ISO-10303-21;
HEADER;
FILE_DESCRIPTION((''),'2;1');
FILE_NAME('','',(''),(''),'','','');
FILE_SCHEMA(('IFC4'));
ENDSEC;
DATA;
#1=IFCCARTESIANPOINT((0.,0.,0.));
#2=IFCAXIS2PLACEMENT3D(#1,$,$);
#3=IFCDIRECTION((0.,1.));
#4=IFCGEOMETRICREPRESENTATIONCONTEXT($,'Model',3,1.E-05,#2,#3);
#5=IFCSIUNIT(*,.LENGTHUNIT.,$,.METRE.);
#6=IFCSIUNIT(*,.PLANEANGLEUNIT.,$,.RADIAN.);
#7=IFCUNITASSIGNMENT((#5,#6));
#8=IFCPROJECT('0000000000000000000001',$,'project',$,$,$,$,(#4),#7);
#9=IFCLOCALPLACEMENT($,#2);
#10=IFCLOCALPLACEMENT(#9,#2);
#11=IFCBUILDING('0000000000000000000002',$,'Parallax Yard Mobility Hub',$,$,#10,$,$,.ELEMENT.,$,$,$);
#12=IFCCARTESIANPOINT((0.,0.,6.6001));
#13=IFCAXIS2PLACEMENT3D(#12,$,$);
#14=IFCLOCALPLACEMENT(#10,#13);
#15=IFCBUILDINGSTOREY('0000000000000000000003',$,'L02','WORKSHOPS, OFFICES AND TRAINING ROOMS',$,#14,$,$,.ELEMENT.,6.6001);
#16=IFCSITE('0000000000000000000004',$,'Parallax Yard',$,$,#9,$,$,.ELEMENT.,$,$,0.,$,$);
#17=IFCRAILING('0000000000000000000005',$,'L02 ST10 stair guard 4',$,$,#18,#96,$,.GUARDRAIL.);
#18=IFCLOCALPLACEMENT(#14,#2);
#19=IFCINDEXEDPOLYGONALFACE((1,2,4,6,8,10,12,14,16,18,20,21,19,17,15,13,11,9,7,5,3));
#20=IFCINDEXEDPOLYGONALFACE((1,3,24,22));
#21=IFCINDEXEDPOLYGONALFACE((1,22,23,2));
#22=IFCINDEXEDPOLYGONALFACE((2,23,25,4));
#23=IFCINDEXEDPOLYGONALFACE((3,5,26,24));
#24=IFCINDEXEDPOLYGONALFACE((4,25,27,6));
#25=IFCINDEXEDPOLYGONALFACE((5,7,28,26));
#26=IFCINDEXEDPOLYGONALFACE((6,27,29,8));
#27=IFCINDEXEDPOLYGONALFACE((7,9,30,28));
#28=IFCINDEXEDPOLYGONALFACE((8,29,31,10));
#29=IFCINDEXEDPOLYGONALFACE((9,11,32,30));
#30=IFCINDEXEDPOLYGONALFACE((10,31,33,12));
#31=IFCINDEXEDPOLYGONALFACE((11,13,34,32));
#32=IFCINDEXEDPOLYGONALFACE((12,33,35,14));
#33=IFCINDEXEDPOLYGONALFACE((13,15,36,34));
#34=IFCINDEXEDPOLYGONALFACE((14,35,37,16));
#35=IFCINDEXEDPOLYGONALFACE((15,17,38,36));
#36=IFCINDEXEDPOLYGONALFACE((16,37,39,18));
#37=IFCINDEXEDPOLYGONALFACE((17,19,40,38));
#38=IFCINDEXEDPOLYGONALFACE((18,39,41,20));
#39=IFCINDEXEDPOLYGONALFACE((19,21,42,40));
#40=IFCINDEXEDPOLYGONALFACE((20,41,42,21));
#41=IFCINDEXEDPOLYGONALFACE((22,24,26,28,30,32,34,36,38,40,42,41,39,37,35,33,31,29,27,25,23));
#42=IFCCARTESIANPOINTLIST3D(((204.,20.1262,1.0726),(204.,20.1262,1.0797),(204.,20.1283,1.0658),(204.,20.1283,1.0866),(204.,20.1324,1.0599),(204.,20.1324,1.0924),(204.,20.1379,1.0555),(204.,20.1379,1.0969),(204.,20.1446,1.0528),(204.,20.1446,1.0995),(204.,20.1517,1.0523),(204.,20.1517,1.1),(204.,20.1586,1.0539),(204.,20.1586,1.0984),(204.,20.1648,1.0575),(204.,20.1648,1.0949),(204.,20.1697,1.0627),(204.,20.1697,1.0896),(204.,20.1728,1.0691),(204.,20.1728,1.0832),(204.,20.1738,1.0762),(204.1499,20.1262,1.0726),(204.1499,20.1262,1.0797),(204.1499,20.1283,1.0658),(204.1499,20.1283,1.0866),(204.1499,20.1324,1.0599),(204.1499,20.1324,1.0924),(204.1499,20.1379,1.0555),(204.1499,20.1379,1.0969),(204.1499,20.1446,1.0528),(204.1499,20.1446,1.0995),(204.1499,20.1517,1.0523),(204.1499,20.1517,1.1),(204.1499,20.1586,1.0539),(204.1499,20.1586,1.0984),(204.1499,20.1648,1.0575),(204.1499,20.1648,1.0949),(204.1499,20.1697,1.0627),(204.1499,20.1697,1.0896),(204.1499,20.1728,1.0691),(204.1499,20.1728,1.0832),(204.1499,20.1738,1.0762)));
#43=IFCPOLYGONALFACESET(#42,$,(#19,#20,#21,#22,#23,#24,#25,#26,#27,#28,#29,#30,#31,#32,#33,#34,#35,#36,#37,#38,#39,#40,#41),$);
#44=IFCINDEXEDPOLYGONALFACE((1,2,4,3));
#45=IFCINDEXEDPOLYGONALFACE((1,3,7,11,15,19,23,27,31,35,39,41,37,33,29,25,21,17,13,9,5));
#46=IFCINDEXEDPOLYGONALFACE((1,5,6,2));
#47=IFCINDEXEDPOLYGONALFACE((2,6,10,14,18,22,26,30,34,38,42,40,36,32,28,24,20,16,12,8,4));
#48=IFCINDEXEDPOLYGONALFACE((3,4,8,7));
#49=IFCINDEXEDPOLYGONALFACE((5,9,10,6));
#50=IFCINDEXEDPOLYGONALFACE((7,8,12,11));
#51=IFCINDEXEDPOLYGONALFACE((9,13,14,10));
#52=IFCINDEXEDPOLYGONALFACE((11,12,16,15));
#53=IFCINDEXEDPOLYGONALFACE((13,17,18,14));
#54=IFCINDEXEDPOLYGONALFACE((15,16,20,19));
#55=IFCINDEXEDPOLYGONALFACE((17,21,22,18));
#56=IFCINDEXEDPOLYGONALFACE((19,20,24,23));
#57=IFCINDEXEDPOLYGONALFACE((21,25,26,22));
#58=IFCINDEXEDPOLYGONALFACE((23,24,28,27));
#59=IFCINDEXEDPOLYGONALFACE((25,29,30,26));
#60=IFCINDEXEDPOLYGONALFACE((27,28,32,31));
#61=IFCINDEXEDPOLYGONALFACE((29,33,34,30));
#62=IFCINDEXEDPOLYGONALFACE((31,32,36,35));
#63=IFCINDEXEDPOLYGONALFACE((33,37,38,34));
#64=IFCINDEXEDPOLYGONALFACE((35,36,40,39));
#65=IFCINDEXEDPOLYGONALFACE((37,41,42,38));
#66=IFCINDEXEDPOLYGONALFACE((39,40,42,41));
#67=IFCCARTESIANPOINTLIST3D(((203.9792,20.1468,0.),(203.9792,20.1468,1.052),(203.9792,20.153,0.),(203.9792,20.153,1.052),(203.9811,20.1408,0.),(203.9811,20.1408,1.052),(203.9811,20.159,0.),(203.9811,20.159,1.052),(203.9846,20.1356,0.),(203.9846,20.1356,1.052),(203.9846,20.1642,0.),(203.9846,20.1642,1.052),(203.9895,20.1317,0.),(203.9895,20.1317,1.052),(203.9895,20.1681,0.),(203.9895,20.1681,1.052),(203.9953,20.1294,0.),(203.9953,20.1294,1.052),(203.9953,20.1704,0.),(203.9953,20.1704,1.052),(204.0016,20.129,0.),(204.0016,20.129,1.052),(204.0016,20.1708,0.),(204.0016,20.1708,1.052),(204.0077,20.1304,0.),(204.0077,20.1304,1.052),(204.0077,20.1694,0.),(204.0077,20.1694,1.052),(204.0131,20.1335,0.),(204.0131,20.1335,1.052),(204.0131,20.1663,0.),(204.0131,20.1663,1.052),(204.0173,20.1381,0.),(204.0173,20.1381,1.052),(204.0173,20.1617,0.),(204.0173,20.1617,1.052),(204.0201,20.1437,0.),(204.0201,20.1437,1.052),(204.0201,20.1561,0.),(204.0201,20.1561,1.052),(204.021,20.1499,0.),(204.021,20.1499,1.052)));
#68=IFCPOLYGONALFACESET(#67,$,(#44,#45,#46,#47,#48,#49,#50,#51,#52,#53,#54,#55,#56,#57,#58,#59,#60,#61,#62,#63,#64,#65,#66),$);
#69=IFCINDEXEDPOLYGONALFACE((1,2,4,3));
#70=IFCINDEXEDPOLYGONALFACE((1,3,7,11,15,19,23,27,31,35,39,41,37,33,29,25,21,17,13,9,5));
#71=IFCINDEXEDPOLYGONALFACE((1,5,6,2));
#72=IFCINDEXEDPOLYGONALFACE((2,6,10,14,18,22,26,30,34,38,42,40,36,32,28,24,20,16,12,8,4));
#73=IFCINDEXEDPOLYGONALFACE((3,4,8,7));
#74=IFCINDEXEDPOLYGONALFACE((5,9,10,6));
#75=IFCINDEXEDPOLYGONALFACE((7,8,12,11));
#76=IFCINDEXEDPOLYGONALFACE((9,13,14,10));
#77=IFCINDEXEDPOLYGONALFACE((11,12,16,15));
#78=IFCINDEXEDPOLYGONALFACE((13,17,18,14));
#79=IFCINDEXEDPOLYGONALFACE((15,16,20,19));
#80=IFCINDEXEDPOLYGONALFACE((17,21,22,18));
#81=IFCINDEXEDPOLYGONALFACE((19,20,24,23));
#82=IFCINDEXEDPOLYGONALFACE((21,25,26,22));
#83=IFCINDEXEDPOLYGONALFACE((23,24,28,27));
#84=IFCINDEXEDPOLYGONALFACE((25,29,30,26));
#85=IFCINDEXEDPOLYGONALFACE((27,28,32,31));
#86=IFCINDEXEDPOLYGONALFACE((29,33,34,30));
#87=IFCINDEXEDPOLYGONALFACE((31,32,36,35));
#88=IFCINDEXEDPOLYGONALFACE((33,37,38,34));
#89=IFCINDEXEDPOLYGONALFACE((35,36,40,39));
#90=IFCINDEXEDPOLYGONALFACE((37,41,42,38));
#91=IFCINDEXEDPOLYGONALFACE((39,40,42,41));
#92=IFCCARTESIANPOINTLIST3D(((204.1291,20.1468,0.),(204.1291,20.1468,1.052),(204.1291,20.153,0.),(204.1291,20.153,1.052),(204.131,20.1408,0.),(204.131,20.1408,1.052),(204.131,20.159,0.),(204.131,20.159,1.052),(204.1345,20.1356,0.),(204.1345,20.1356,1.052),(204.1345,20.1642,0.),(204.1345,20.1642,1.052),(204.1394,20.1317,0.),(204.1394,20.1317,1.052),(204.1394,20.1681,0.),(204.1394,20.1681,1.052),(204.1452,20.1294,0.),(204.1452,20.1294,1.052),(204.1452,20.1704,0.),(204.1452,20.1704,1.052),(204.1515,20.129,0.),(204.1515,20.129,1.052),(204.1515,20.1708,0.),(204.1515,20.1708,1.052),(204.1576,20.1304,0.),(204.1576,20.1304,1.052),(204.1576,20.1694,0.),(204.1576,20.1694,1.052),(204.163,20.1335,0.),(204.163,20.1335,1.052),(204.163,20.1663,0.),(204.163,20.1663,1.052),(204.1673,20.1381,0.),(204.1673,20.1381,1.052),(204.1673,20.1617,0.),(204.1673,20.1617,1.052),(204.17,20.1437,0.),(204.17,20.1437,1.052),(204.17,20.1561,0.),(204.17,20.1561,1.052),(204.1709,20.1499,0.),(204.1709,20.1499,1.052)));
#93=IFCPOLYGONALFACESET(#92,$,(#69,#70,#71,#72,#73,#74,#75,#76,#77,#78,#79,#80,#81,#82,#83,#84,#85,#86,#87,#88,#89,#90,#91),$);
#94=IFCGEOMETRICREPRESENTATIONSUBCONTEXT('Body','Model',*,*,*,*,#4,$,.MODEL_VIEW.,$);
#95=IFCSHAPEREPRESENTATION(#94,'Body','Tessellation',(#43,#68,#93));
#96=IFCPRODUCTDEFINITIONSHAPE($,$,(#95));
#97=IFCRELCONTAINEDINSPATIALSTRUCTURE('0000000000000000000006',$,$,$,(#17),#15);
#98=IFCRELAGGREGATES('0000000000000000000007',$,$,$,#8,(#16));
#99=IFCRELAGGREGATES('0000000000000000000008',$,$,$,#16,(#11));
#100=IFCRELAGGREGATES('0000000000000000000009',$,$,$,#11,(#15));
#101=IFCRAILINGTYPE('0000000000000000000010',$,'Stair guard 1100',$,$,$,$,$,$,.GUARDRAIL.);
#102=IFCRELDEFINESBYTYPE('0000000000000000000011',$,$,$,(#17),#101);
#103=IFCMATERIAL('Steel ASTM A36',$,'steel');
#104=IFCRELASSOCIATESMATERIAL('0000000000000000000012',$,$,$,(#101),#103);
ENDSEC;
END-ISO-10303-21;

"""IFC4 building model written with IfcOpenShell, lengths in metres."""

from ifc_helpers import new_model, si_unit, direction, frame, origin, origin_2d, place, context, subcontext, project, spatial, circle, extrude, material, type_object, element, save


model = new_model("IFC4")

# Units and contexts
model_context = context("Model", 3, precision=1e-05, world=origin(), true_north=direction((0.0, 1.0)))
body_context = subcontext(model_context, "Body", "Model", "MODEL_VIEW")
ifc_project = project(units=[si_unit("LENGTHUNIT", "METRE"), si_unit("PLANEANGLEUNIT", "RADIAN")], contexts=[model_context])

# Site, building, storey
site_placement = place(None, origin())
site = spatial("IfcSite", under=ifc_project, at=site_placement, Name="Parallax Yard", CompositionType="ELEMENT", RefElevation=0.0)
building_placement = place(site_placement, origin())
building = spatial("IfcBuilding", under=site, at=building_placement, Name="Parallax Yard Mobility Hub", CompositionType="ELEMENT")
storey_placement = place(building_placement, frame((0.0, 0.0, 6.6001)))
storey = spatial("IfcBuildingStorey", under=building, at=storey_placement, Name="L02", Description="WORKSHOPS, OFFICES AND TRAINING ROOMS", CompositionType="ELEMENT", Elevation=6.6001)

# Railing
ifc_material_1 = material(Name="Steel ASTM A36", Category="steel")
railing_type_1 = type_object("IfcRailingType", Name="Stair guard 1100", PredefinedType="GUARDRAIL", material=ifc_material_1)
railing_1_placement = place(storey_placement, frame((204.0, 20.1499, 0.0)))
element("IfcRailing", 1, at=railing_1_placement, inside=storey, type_object=railing_type_1, Name="L02 ST10 stair guard 4", PredefinedType="GUARDRAIL", context=body_context, shape_type="SweptSolid", body=[
    extrude(circle(Radius=0.0239, at=origin_2d()), frame((0.0, 0.0, 1.0762), z_axis=(1.0, 0.0, 0.0), x_axis=(0.0, 1.0, 0.0)), (0.0, 0.0, 1.0), 0.1499),
    extrude(circle(Radius=0.021, at=origin_2d()), origin(), (0.0, 0.0, 1.0), 1.052),
    extrude(circle(Radius=0.021, at=origin_2d()), frame((0.1499, 0.0, 0.0)), (0.0, 0.0, 1.0), 1.052),
])

save(model, "model.ifc")
